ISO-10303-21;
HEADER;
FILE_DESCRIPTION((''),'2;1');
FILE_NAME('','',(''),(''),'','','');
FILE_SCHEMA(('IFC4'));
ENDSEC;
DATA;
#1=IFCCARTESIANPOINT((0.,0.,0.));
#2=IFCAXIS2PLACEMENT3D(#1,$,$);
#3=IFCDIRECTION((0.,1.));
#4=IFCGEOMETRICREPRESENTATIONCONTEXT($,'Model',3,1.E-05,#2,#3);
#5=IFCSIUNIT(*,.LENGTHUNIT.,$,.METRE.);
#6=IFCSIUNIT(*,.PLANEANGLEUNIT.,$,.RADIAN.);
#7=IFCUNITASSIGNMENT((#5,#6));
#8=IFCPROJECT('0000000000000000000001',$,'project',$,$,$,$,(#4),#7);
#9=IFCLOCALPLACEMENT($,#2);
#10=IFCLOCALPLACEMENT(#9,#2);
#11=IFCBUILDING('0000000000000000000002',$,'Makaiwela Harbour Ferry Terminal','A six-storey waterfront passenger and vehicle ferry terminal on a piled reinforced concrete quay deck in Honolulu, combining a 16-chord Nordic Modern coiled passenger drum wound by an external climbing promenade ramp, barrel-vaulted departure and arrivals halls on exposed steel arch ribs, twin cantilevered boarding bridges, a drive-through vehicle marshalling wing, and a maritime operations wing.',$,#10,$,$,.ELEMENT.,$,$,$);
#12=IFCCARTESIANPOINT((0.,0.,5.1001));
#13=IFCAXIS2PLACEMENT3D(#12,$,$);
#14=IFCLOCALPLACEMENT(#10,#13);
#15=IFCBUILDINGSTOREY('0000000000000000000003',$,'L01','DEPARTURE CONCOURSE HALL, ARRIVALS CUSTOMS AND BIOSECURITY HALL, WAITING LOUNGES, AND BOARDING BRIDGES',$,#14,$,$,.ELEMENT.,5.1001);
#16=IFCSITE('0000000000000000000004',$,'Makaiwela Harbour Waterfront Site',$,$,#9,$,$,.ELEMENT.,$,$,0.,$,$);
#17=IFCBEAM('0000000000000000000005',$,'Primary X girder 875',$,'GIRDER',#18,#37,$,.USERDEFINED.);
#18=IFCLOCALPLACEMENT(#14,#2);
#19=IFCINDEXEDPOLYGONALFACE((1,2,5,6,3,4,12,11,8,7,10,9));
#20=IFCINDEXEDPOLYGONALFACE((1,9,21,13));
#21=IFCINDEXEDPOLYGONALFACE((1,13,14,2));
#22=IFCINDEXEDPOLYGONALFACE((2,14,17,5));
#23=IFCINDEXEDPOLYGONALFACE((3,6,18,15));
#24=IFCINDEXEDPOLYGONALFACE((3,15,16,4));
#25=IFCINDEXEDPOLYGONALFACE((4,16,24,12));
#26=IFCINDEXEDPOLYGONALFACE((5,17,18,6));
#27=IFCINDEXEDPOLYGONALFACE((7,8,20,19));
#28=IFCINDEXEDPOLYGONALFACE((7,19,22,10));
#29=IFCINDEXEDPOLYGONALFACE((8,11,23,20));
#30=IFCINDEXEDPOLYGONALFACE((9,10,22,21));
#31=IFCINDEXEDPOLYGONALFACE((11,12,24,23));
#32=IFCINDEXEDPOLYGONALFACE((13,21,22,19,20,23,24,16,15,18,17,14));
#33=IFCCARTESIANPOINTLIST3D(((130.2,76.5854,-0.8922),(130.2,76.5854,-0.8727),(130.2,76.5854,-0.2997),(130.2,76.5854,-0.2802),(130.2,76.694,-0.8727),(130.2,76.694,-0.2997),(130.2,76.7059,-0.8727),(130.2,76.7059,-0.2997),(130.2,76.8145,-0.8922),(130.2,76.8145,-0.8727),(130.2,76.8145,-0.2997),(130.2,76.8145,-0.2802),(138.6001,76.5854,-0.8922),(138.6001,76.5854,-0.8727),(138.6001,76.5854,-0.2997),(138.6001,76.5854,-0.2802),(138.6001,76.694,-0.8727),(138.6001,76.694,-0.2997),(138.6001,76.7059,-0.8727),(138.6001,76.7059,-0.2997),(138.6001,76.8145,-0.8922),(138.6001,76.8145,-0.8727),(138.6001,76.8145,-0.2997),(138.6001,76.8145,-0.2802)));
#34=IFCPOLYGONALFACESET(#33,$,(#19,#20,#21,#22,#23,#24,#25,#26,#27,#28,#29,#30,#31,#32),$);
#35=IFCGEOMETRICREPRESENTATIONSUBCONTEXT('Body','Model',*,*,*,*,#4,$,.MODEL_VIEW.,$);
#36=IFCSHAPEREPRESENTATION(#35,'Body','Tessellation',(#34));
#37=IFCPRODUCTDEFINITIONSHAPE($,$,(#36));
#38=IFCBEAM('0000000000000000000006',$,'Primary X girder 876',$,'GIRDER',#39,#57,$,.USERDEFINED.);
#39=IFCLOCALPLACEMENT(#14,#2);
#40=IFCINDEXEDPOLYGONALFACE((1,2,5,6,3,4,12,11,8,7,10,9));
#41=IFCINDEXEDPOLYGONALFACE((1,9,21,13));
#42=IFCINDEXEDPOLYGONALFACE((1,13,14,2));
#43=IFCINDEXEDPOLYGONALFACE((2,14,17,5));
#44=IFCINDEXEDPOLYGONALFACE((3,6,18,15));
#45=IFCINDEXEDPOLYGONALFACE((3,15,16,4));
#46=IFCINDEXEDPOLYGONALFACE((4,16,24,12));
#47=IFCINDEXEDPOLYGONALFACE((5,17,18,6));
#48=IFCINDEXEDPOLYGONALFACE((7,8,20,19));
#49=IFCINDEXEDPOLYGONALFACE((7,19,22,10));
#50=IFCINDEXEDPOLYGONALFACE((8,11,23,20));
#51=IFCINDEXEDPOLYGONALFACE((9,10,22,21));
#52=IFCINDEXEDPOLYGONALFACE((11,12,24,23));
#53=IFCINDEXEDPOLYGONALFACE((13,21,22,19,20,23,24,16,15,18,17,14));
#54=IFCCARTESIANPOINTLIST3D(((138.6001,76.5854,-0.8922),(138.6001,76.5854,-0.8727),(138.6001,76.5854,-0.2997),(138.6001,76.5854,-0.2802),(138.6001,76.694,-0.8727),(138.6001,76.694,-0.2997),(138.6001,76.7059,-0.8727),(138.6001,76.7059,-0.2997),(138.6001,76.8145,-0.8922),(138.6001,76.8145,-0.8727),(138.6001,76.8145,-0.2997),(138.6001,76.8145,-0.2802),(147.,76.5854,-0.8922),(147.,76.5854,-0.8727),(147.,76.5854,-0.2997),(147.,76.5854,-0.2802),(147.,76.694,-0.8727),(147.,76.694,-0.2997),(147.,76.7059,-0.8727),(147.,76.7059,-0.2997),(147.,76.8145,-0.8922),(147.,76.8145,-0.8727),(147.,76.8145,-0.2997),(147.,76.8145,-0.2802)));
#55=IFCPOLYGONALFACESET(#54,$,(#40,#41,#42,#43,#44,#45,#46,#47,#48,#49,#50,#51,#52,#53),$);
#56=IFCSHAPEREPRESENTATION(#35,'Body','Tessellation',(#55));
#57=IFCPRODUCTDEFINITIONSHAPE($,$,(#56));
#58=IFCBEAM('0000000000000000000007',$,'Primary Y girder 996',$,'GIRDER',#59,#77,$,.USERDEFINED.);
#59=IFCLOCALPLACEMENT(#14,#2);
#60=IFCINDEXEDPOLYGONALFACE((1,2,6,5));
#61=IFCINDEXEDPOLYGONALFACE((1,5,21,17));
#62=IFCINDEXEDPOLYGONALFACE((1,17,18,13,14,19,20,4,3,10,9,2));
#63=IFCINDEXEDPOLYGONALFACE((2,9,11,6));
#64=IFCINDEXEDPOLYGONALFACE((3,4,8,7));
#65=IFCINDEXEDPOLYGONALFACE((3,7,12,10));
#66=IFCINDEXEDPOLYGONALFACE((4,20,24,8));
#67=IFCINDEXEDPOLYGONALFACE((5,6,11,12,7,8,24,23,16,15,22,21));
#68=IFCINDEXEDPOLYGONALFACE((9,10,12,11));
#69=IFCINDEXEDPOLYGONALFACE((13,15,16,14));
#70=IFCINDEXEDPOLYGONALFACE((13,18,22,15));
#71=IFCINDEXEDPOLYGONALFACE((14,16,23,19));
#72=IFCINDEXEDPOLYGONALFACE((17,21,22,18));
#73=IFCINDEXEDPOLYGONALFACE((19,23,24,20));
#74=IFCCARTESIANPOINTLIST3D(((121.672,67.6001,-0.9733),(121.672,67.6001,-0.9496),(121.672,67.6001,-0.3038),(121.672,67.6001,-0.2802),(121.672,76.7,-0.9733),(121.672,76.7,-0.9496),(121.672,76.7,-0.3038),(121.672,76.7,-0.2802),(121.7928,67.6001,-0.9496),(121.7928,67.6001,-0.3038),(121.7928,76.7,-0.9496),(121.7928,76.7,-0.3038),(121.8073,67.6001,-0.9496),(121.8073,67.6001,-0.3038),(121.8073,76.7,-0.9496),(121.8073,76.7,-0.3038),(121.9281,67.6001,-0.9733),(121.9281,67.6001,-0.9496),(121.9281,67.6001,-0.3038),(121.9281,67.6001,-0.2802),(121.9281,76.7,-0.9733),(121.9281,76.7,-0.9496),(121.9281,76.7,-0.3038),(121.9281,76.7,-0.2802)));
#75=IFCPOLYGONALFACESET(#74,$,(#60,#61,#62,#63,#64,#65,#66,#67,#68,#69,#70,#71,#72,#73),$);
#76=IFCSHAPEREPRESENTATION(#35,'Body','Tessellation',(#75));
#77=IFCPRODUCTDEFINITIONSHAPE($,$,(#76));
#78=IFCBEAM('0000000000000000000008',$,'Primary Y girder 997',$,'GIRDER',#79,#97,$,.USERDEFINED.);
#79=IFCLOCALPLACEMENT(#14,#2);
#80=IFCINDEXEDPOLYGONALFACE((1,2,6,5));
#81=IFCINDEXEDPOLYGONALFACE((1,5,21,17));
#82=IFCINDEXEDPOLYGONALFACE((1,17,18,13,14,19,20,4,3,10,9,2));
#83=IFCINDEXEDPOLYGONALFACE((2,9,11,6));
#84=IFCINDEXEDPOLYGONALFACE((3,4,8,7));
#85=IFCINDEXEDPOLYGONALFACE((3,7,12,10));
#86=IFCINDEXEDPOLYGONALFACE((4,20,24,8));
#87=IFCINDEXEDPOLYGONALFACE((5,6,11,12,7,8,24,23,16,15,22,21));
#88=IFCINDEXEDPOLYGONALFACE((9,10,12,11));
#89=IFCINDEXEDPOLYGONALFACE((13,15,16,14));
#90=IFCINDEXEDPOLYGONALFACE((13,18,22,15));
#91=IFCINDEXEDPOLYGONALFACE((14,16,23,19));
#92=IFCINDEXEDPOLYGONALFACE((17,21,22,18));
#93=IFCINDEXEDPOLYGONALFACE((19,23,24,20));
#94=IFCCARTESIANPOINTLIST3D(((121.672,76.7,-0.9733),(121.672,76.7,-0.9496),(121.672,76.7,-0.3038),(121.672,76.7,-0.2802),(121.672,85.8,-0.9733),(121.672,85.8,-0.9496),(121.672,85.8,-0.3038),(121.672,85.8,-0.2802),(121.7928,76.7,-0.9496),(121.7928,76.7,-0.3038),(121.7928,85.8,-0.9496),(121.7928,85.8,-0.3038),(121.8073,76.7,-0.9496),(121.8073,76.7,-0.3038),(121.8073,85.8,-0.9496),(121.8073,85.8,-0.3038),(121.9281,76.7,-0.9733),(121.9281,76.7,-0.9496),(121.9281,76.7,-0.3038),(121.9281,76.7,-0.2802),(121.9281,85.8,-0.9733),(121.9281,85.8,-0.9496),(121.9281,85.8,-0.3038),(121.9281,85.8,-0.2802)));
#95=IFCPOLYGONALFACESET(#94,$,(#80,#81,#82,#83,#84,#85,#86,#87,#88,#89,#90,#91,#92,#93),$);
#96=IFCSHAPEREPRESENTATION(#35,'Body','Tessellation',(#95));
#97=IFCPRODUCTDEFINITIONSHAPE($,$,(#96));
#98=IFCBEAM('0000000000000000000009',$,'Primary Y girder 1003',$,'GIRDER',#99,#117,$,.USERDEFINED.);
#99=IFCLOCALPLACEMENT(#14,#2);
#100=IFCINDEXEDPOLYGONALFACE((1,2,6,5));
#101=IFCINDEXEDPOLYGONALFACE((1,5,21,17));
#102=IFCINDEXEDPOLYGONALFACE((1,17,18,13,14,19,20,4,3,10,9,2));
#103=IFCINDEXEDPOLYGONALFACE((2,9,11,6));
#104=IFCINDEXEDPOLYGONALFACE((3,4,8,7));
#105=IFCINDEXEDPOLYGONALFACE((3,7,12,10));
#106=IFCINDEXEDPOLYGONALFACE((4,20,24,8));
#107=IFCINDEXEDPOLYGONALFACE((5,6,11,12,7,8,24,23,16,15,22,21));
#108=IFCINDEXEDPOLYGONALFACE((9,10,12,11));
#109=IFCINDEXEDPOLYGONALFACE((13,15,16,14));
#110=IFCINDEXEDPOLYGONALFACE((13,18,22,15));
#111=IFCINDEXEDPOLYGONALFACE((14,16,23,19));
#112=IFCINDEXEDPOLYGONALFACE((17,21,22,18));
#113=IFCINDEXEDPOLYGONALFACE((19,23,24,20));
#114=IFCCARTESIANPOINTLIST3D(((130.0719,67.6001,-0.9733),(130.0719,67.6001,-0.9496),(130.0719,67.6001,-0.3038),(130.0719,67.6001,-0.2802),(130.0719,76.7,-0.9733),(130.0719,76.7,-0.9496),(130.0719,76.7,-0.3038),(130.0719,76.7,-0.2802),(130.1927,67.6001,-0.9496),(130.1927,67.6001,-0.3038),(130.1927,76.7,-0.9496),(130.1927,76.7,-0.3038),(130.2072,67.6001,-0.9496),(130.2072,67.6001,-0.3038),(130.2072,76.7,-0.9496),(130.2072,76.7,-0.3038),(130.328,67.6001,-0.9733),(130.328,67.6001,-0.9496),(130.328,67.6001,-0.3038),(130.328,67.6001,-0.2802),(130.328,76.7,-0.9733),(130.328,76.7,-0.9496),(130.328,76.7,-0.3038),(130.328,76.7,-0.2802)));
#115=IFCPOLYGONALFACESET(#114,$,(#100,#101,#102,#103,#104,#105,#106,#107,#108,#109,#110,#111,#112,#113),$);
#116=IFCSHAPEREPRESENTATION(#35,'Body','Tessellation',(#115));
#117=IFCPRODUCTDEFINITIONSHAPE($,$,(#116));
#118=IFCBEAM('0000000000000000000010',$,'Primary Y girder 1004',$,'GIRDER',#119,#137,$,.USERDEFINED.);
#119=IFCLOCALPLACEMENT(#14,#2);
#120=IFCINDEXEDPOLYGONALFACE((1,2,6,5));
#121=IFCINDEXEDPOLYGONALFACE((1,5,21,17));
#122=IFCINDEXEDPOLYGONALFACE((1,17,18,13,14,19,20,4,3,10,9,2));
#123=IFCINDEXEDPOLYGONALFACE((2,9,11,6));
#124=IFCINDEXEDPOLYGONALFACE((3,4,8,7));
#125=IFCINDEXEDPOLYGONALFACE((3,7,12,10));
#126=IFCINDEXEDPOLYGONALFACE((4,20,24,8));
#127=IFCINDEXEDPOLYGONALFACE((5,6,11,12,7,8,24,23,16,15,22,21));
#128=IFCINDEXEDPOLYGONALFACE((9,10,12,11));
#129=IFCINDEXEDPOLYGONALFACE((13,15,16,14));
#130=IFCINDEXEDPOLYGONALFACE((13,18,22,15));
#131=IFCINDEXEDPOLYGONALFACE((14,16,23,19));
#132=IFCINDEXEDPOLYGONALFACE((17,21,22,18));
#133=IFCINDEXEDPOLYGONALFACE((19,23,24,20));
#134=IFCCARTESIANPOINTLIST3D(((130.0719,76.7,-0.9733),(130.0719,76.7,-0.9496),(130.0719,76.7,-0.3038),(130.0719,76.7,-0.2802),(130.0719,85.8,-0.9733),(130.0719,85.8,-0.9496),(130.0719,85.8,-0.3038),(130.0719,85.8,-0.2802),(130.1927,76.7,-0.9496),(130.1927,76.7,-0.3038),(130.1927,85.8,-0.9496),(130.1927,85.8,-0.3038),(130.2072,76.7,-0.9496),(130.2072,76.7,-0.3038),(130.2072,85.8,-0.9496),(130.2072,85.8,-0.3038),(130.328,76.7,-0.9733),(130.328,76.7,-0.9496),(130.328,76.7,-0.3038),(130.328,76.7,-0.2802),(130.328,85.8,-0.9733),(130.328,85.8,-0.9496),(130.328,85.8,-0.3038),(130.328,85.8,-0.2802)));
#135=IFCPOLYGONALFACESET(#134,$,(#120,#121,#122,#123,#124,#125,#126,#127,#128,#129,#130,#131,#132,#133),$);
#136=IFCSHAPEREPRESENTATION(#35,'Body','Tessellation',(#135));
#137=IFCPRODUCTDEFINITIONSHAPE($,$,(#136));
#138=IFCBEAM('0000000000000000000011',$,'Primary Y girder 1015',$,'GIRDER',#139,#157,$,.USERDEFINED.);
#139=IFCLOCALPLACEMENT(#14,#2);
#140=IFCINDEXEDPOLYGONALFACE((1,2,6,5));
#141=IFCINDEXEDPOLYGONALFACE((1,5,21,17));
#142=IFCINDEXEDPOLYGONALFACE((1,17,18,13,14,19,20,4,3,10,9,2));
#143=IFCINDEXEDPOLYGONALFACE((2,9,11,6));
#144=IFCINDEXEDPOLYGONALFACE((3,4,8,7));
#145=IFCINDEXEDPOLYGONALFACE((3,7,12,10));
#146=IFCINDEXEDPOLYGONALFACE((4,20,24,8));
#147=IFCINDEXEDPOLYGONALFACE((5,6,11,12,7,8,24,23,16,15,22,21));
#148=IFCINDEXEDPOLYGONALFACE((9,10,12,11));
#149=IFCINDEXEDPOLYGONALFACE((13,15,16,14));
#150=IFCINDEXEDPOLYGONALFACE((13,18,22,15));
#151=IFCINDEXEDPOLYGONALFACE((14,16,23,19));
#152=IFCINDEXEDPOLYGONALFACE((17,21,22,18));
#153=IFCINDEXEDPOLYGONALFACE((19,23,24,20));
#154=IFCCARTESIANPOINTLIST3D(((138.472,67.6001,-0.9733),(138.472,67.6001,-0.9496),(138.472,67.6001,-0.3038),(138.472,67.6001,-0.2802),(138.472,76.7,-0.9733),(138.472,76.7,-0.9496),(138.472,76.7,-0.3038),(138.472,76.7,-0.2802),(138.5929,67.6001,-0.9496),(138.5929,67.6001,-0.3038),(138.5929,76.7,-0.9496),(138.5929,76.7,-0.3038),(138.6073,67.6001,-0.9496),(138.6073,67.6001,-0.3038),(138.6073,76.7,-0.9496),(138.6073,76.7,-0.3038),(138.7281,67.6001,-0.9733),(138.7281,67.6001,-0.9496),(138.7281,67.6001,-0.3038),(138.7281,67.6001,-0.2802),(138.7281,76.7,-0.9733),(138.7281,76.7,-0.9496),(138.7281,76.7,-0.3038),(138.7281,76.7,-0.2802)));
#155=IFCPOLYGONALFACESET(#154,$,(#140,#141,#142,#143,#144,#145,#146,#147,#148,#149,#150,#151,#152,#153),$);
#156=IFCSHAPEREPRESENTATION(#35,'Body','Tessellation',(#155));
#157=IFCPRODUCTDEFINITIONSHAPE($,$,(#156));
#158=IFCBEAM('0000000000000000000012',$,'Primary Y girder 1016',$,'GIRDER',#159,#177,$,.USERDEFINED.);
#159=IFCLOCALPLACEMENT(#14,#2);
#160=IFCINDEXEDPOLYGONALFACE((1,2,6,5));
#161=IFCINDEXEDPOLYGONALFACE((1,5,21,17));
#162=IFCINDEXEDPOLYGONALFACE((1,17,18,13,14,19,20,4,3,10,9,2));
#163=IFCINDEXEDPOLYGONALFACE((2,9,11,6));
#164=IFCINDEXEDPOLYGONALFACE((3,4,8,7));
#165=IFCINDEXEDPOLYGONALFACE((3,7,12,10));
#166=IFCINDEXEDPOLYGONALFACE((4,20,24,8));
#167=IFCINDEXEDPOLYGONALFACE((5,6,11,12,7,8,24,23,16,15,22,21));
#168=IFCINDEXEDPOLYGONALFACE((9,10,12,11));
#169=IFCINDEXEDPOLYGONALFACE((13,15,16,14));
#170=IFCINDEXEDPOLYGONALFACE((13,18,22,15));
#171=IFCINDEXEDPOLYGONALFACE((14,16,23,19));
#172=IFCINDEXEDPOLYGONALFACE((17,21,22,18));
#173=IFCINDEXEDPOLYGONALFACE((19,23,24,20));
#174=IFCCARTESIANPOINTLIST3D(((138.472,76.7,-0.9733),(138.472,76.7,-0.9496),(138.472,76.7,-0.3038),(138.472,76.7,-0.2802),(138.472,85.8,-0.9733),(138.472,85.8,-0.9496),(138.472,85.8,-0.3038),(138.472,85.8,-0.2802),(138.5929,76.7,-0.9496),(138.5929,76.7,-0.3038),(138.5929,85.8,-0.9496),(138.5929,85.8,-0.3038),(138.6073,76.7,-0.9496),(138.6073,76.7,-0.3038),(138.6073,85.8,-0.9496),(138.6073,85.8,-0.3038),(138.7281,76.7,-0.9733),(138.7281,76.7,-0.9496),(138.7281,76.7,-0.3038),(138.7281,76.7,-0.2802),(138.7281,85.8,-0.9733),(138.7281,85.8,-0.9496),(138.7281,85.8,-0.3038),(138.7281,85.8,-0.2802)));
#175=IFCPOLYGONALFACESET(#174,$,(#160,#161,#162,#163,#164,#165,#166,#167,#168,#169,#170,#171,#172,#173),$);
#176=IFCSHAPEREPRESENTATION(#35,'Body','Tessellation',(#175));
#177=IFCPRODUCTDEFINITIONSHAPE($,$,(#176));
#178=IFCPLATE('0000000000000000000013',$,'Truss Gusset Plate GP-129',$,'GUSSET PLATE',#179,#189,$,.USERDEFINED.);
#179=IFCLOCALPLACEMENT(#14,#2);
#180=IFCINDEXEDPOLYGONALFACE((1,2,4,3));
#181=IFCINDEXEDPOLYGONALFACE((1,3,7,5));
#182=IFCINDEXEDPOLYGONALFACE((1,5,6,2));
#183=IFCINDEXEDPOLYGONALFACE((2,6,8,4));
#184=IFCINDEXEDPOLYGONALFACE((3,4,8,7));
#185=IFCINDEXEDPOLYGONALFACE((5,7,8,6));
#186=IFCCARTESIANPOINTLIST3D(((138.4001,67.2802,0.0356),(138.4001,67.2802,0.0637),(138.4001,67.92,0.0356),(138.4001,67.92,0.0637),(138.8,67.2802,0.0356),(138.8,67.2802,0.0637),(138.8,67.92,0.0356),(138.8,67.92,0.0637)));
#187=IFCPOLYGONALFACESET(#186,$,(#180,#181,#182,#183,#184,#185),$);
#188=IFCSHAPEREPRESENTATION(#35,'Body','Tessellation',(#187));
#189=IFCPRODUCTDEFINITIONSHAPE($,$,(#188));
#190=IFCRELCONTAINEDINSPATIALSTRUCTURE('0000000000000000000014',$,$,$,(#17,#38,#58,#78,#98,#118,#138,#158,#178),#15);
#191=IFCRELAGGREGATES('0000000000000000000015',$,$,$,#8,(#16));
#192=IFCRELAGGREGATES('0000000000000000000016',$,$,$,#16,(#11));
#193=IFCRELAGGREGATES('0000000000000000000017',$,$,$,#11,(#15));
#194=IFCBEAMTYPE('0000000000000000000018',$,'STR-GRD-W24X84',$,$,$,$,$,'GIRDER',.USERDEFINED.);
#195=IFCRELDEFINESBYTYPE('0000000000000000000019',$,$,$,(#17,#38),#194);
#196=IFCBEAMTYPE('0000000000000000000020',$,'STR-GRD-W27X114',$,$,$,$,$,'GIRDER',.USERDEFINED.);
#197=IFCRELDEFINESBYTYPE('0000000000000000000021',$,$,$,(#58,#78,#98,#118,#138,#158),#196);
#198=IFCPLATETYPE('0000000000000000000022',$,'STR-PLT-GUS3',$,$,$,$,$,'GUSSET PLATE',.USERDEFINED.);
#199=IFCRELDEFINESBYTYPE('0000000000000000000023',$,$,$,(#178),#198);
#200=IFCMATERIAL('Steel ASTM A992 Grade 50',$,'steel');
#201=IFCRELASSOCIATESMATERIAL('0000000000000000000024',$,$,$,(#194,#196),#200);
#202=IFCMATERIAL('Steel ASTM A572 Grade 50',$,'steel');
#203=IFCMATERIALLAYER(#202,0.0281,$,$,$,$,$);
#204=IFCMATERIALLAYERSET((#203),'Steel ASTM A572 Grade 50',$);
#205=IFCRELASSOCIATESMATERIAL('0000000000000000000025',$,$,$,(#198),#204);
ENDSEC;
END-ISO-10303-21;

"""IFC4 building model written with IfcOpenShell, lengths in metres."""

from ifc_helpers import new_model, si_unit, direction, frame, origin, origin_2d, place, context, subcontext, project, spatial, rectangle, i_section, extrude, material, layer, layer_set, material_profile, profile_set, type_object, element, save


model = new_model("IFC4")

# Units and contexts
model_context = context("Model", 3, precision=1e-05, world=origin(), true_north=direction((0.0, 1.0)))
body_context = subcontext(model_context, "Body", "Model", "MODEL_VIEW")
ifc_project = project(units=[si_unit("LENGTHUNIT", "METRE"), si_unit("PLANEANGLEUNIT", "RADIAN")], contexts=[model_context])

# Site, building, storey
site_placement = place(None, origin())
site = spatial("IfcSite", under=ifc_project, at=site_placement, Name="Makaiwela Harbour Waterfront Site", CompositionType="ELEMENT", RefElevation=0.0)
building_placement = place(site_placement, origin())
building = spatial("IfcBuilding", under=site, at=building_placement, Name="Makaiwela Harbour Ferry Terminal", Description="A six-storey waterfront passenger and vehicle ferry terminal on a piled reinforced concrete quay deck in Honolulu, combining a 16-chord Nordic Modern coiled passenger drum wound by an external climbing promenade ramp, barrel-vaulted departure and arrivals halls on exposed steel arch ribs, twin cantilevered boarding bridges, a drive-through vehicle marshalling wing, and a maritime operations wing.", CompositionType="ELEMENT")
storey_placement = place(building_placement, frame((0.0, 0.0, 5.1001)))
storey = spatial("IfcBuildingStorey", under=building, at=storey_placement, Name="L01", Description="DEPARTURE CONCOURSE HALL, ARRIVALS CUSTOMS AND BIOSECURITY HALL, WAITING LOUNGES, AND BOARDING BRIDGES", CompositionType="ELEMENT", Elevation=5.1001)

# Shared definitions
ifc_material_1 = material(Name="Steel ASTM A992 Grade 50", Category="steel")

# Beams
ifc_material_profile_1 = material_profile(ifc_material_1, i_section(OverallWidth=0.229, OverallDepth=0.6121, WebThickness=0.012, FlangeThickness=0.0195, at=origin_2d()), Name="W24X84")
ifc_profile_set_1 = profile_set([ifc_material_profile_1], Name="Steel ASTM A992 Grade 50")
beam_type_1 = type_object("IfcBeamType", Name="STR-GRD-W24X84", ElementType="GIRDER", PredefinedType="USERDEFINED", material=ifc_profile_set_1)
beam_1_placement = place(storey_placement, frame((130.2, 76.7, -0.5862), z_axis=(1.0, 0.0, 0.0), x_axis=(0.0, 1.0, 0.0)))
element("IfcBeam", 1, at=beam_1_placement, inside=storey, type_object=beam_type_1, Name="Primary X girder 875", ObjectType="GIRDER", PredefinedType="USERDEFINED", context=body_context, shape_type="SweptSolid", body=[
    extrude(i_section(OverallWidth=0.229, OverallDepth=0.6121, WebThickness=0.012, FlangeThickness=0.0195, at=origin_2d()), origin(), (0.0, 0.0, 1.0), 8.4001),
])
beam_2_placement = place(storey_placement, frame((138.6001, 76.7, -0.5862), z_axis=(1.0, 0.0, 0.0), x_axis=(0.0, 1.0, 0.0)))
element("IfcBeam", 2, at=beam_2_placement, inside=storey, type_object=beam_type_1, Name="Primary X girder 876", ObjectType="GIRDER", PredefinedType="USERDEFINED", context=body_context, shape_type="SweptSolid", body=[
    extrude(i_section(OverallWidth=0.229, OverallDepth=0.6121, WebThickness=0.012, FlangeThickness=0.0195, at=origin_2d()), origin(), (0.0, 0.0, 1.0), 8.3999),
])
ifc_material_profile_2 = material_profile(ifc_material_1, i_section(OverallWidth=0.2561, OverallDepth=0.6931, WebThickness=0.0144, FlangeThickness=0.0237, at=origin_2d()), Name="W27X114")
ifc_profile_set_2 = profile_set([ifc_material_profile_2], Name="Steel ASTM A992 Grade 50")
beam_type_2 = type_object("IfcBeamType", Name="STR-GRD-W27X114", ElementType="GIRDER", PredefinedType="USERDEFINED", material=ifc_profile_set_2)
beam_3_placement = place(storey_placement, frame((121.8, 67.6001, -0.6267), z_axis=(0.0, 1.0, 0.0), x_axis=(-1.0, 0.0, 0.0)))
element("IfcBeam", 3, at=beam_3_placement, inside=storey, type_object=beam_type_2, Name="Primary Y girder 996", ObjectType="GIRDER", PredefinedType="USERDEFINED", context=body_context, shape_type="SweptSolid", body=[
    extrude(i_section(OverallWidth=0.2561, OverallDepth=0.6931, WebThickness=0.0144, FlangeThickness=0.0237, at=origin_2d()), origin(), (0.0, 0.0, 1.0), 9.0999),
])
beam_4_placement = place(storey_placement, frame((121.8, 76.7, -0.6267), z_axis=(0.0, 1.0, 0.0), x_axis=(-1.0, 0.0, 0.0)))
element("IfcBeam", 4, at=beam_4_placement, inside=storey, type_object=beam_type_2, Name="Primary Y girder 997", ObjectType="GIRDER", PredefinedType="USERDEFINED", context=body_context, shape_type="SweptSolid", body=[
    extrude(i_section(OverallWidth=0.2561, OverallDepth=0.6931, WebThickness=0.0144, FlangeThickness=0.0237, at=origin_2d()), origin(), (0.0, 0.0, 1.0), 9.1001),
])
beam_5_placement = place(storey_placement, frame((130.2, 67.6001, -0.6267), z_axis=(0.0, 1.0, 0.0), x_axis=(-1.0, 0.0, 0.0)))
element("IfcBeam", 5, at=beam_5_placement, inside=storey, type_object=beam_type_2, Name="Primary Y girder 1003", ObjectType="GIRDER", PredefinedType="USERDEFINED", context=body_context, shape_type="SweptSolid", body=[
    extrude(i_section(OverallWidth=0.2561, OverallDepth=0.6931, WebThickness=0.0144, FlangeThickness=0.0237, at=origin_2d()), origin(), (0.0, 0.0, 1.0), 9.0999),
])
beam_6_placement = place(storey_placement, frame((130.2, 76.7, -0.6267), z_axis=(0.0, 1.0, 0.0), x_axis=(-1.0, 0.0, 0.0)))
element("IfcBeam", 6, at=beam_6_placement, inside=storey, type_object=beam_type_2, Name="Primary Y girder 1004", ObjectType="GIRDER", PredefinedType="USERDEFINED", context=body_context, shape_type="SweptSolid", body=[
    extrude(i_section(OverallWidth=0.2561, OverallDepth=0.6931, WebThickness=0.0144, FlangeThickness=0.0237, at=origin_2d()), origin(), (0.0, 0.0, 1.0), 9.1001),
])
beam_7_placement = place(storey_placement, frame((138.6001, 67.6001, -0.6267), z_axis=(0.0, 1.0, 0.0), x_axis=(-1.0, 0.0, 0.0)))
element("IfcBeam", 7, at=beam_7_placement, inside=storey, type_object=beam_type_2, Name="Primary Y girder 1015", ObjectType="GIRDER", PredefinedType="USERDEFINED", context=body_context, shape_type="SweptSolid", body=[
    extrude(i_section(OverallWidth=0.2561, OverallDepth=0.6931, WebThickness=0.0144, FlangeThickness=0.0237, at=origin_2d()), origin(), (0.0, 0.0, 1.0), 9.0999),
])
beam_8_placement = place(storey_placement, frame((138.6001, 76.7, -0.6267), z_axis=(0.0, 1.0, 0.0), x_axis=(-1.0, 0.0, 0.0)))
element("IfcBeam", 8, at=beam_8_placement, inside=storey, type_object=beam_type_2, Name="Primary Y girder 1016", ObjectType="GIRDER", PredefinedType="USERDEFINED", context=body_context, shape_type="SweptSolid", body=[
    extrude(i_section(OverallWidth=0.2561, OverallDepth=0.6931, WebThickness=0.0144, FlangeThickness=0.0237, at=origin_2d()), origin(), (0.0, 0.0, 1.0), 9.1001),
])

# Plate
ifc_material_2 = material(Name="Steel ASTM A572 Grade 50", Category="steel")
ifc_layer = layer(ifc_material_2, 0.0281)
ifc_layer_set = layer_set([ifc_layer], Name="Steel ASTM A572 Grade 50")
plate_type = type_object("IfcPlateType", Name="STR-PLT-GUS3", ElementType="GUSSET PLATE", PredefinedType="USERDEFINED", material=ifc_layer_set)
plate_placement = place(storey_placement, frame((138.6001, 67.6001, 0.0356), z_axis=(0.0, 0.0, 1.0), x_axis=(0.0, 1.0, 0.0)))
element("IfcPlate", 9, at=plate_placement, inside=storey, type_object=plate_type, Name="Truss Gusset Plate GP-129", ObjectType="GUSSET PLATE", PredefinedType="USERDEFINED", context=body_context, shape_type="SweptSolid", body=[
    extrude(rectangle(XDim=0.6399, YDim=0.3999, at=origin_2d()), origin(), (0.0, 0.0, 1.0), 0.0281),
])

save(model, "model.ifc")
